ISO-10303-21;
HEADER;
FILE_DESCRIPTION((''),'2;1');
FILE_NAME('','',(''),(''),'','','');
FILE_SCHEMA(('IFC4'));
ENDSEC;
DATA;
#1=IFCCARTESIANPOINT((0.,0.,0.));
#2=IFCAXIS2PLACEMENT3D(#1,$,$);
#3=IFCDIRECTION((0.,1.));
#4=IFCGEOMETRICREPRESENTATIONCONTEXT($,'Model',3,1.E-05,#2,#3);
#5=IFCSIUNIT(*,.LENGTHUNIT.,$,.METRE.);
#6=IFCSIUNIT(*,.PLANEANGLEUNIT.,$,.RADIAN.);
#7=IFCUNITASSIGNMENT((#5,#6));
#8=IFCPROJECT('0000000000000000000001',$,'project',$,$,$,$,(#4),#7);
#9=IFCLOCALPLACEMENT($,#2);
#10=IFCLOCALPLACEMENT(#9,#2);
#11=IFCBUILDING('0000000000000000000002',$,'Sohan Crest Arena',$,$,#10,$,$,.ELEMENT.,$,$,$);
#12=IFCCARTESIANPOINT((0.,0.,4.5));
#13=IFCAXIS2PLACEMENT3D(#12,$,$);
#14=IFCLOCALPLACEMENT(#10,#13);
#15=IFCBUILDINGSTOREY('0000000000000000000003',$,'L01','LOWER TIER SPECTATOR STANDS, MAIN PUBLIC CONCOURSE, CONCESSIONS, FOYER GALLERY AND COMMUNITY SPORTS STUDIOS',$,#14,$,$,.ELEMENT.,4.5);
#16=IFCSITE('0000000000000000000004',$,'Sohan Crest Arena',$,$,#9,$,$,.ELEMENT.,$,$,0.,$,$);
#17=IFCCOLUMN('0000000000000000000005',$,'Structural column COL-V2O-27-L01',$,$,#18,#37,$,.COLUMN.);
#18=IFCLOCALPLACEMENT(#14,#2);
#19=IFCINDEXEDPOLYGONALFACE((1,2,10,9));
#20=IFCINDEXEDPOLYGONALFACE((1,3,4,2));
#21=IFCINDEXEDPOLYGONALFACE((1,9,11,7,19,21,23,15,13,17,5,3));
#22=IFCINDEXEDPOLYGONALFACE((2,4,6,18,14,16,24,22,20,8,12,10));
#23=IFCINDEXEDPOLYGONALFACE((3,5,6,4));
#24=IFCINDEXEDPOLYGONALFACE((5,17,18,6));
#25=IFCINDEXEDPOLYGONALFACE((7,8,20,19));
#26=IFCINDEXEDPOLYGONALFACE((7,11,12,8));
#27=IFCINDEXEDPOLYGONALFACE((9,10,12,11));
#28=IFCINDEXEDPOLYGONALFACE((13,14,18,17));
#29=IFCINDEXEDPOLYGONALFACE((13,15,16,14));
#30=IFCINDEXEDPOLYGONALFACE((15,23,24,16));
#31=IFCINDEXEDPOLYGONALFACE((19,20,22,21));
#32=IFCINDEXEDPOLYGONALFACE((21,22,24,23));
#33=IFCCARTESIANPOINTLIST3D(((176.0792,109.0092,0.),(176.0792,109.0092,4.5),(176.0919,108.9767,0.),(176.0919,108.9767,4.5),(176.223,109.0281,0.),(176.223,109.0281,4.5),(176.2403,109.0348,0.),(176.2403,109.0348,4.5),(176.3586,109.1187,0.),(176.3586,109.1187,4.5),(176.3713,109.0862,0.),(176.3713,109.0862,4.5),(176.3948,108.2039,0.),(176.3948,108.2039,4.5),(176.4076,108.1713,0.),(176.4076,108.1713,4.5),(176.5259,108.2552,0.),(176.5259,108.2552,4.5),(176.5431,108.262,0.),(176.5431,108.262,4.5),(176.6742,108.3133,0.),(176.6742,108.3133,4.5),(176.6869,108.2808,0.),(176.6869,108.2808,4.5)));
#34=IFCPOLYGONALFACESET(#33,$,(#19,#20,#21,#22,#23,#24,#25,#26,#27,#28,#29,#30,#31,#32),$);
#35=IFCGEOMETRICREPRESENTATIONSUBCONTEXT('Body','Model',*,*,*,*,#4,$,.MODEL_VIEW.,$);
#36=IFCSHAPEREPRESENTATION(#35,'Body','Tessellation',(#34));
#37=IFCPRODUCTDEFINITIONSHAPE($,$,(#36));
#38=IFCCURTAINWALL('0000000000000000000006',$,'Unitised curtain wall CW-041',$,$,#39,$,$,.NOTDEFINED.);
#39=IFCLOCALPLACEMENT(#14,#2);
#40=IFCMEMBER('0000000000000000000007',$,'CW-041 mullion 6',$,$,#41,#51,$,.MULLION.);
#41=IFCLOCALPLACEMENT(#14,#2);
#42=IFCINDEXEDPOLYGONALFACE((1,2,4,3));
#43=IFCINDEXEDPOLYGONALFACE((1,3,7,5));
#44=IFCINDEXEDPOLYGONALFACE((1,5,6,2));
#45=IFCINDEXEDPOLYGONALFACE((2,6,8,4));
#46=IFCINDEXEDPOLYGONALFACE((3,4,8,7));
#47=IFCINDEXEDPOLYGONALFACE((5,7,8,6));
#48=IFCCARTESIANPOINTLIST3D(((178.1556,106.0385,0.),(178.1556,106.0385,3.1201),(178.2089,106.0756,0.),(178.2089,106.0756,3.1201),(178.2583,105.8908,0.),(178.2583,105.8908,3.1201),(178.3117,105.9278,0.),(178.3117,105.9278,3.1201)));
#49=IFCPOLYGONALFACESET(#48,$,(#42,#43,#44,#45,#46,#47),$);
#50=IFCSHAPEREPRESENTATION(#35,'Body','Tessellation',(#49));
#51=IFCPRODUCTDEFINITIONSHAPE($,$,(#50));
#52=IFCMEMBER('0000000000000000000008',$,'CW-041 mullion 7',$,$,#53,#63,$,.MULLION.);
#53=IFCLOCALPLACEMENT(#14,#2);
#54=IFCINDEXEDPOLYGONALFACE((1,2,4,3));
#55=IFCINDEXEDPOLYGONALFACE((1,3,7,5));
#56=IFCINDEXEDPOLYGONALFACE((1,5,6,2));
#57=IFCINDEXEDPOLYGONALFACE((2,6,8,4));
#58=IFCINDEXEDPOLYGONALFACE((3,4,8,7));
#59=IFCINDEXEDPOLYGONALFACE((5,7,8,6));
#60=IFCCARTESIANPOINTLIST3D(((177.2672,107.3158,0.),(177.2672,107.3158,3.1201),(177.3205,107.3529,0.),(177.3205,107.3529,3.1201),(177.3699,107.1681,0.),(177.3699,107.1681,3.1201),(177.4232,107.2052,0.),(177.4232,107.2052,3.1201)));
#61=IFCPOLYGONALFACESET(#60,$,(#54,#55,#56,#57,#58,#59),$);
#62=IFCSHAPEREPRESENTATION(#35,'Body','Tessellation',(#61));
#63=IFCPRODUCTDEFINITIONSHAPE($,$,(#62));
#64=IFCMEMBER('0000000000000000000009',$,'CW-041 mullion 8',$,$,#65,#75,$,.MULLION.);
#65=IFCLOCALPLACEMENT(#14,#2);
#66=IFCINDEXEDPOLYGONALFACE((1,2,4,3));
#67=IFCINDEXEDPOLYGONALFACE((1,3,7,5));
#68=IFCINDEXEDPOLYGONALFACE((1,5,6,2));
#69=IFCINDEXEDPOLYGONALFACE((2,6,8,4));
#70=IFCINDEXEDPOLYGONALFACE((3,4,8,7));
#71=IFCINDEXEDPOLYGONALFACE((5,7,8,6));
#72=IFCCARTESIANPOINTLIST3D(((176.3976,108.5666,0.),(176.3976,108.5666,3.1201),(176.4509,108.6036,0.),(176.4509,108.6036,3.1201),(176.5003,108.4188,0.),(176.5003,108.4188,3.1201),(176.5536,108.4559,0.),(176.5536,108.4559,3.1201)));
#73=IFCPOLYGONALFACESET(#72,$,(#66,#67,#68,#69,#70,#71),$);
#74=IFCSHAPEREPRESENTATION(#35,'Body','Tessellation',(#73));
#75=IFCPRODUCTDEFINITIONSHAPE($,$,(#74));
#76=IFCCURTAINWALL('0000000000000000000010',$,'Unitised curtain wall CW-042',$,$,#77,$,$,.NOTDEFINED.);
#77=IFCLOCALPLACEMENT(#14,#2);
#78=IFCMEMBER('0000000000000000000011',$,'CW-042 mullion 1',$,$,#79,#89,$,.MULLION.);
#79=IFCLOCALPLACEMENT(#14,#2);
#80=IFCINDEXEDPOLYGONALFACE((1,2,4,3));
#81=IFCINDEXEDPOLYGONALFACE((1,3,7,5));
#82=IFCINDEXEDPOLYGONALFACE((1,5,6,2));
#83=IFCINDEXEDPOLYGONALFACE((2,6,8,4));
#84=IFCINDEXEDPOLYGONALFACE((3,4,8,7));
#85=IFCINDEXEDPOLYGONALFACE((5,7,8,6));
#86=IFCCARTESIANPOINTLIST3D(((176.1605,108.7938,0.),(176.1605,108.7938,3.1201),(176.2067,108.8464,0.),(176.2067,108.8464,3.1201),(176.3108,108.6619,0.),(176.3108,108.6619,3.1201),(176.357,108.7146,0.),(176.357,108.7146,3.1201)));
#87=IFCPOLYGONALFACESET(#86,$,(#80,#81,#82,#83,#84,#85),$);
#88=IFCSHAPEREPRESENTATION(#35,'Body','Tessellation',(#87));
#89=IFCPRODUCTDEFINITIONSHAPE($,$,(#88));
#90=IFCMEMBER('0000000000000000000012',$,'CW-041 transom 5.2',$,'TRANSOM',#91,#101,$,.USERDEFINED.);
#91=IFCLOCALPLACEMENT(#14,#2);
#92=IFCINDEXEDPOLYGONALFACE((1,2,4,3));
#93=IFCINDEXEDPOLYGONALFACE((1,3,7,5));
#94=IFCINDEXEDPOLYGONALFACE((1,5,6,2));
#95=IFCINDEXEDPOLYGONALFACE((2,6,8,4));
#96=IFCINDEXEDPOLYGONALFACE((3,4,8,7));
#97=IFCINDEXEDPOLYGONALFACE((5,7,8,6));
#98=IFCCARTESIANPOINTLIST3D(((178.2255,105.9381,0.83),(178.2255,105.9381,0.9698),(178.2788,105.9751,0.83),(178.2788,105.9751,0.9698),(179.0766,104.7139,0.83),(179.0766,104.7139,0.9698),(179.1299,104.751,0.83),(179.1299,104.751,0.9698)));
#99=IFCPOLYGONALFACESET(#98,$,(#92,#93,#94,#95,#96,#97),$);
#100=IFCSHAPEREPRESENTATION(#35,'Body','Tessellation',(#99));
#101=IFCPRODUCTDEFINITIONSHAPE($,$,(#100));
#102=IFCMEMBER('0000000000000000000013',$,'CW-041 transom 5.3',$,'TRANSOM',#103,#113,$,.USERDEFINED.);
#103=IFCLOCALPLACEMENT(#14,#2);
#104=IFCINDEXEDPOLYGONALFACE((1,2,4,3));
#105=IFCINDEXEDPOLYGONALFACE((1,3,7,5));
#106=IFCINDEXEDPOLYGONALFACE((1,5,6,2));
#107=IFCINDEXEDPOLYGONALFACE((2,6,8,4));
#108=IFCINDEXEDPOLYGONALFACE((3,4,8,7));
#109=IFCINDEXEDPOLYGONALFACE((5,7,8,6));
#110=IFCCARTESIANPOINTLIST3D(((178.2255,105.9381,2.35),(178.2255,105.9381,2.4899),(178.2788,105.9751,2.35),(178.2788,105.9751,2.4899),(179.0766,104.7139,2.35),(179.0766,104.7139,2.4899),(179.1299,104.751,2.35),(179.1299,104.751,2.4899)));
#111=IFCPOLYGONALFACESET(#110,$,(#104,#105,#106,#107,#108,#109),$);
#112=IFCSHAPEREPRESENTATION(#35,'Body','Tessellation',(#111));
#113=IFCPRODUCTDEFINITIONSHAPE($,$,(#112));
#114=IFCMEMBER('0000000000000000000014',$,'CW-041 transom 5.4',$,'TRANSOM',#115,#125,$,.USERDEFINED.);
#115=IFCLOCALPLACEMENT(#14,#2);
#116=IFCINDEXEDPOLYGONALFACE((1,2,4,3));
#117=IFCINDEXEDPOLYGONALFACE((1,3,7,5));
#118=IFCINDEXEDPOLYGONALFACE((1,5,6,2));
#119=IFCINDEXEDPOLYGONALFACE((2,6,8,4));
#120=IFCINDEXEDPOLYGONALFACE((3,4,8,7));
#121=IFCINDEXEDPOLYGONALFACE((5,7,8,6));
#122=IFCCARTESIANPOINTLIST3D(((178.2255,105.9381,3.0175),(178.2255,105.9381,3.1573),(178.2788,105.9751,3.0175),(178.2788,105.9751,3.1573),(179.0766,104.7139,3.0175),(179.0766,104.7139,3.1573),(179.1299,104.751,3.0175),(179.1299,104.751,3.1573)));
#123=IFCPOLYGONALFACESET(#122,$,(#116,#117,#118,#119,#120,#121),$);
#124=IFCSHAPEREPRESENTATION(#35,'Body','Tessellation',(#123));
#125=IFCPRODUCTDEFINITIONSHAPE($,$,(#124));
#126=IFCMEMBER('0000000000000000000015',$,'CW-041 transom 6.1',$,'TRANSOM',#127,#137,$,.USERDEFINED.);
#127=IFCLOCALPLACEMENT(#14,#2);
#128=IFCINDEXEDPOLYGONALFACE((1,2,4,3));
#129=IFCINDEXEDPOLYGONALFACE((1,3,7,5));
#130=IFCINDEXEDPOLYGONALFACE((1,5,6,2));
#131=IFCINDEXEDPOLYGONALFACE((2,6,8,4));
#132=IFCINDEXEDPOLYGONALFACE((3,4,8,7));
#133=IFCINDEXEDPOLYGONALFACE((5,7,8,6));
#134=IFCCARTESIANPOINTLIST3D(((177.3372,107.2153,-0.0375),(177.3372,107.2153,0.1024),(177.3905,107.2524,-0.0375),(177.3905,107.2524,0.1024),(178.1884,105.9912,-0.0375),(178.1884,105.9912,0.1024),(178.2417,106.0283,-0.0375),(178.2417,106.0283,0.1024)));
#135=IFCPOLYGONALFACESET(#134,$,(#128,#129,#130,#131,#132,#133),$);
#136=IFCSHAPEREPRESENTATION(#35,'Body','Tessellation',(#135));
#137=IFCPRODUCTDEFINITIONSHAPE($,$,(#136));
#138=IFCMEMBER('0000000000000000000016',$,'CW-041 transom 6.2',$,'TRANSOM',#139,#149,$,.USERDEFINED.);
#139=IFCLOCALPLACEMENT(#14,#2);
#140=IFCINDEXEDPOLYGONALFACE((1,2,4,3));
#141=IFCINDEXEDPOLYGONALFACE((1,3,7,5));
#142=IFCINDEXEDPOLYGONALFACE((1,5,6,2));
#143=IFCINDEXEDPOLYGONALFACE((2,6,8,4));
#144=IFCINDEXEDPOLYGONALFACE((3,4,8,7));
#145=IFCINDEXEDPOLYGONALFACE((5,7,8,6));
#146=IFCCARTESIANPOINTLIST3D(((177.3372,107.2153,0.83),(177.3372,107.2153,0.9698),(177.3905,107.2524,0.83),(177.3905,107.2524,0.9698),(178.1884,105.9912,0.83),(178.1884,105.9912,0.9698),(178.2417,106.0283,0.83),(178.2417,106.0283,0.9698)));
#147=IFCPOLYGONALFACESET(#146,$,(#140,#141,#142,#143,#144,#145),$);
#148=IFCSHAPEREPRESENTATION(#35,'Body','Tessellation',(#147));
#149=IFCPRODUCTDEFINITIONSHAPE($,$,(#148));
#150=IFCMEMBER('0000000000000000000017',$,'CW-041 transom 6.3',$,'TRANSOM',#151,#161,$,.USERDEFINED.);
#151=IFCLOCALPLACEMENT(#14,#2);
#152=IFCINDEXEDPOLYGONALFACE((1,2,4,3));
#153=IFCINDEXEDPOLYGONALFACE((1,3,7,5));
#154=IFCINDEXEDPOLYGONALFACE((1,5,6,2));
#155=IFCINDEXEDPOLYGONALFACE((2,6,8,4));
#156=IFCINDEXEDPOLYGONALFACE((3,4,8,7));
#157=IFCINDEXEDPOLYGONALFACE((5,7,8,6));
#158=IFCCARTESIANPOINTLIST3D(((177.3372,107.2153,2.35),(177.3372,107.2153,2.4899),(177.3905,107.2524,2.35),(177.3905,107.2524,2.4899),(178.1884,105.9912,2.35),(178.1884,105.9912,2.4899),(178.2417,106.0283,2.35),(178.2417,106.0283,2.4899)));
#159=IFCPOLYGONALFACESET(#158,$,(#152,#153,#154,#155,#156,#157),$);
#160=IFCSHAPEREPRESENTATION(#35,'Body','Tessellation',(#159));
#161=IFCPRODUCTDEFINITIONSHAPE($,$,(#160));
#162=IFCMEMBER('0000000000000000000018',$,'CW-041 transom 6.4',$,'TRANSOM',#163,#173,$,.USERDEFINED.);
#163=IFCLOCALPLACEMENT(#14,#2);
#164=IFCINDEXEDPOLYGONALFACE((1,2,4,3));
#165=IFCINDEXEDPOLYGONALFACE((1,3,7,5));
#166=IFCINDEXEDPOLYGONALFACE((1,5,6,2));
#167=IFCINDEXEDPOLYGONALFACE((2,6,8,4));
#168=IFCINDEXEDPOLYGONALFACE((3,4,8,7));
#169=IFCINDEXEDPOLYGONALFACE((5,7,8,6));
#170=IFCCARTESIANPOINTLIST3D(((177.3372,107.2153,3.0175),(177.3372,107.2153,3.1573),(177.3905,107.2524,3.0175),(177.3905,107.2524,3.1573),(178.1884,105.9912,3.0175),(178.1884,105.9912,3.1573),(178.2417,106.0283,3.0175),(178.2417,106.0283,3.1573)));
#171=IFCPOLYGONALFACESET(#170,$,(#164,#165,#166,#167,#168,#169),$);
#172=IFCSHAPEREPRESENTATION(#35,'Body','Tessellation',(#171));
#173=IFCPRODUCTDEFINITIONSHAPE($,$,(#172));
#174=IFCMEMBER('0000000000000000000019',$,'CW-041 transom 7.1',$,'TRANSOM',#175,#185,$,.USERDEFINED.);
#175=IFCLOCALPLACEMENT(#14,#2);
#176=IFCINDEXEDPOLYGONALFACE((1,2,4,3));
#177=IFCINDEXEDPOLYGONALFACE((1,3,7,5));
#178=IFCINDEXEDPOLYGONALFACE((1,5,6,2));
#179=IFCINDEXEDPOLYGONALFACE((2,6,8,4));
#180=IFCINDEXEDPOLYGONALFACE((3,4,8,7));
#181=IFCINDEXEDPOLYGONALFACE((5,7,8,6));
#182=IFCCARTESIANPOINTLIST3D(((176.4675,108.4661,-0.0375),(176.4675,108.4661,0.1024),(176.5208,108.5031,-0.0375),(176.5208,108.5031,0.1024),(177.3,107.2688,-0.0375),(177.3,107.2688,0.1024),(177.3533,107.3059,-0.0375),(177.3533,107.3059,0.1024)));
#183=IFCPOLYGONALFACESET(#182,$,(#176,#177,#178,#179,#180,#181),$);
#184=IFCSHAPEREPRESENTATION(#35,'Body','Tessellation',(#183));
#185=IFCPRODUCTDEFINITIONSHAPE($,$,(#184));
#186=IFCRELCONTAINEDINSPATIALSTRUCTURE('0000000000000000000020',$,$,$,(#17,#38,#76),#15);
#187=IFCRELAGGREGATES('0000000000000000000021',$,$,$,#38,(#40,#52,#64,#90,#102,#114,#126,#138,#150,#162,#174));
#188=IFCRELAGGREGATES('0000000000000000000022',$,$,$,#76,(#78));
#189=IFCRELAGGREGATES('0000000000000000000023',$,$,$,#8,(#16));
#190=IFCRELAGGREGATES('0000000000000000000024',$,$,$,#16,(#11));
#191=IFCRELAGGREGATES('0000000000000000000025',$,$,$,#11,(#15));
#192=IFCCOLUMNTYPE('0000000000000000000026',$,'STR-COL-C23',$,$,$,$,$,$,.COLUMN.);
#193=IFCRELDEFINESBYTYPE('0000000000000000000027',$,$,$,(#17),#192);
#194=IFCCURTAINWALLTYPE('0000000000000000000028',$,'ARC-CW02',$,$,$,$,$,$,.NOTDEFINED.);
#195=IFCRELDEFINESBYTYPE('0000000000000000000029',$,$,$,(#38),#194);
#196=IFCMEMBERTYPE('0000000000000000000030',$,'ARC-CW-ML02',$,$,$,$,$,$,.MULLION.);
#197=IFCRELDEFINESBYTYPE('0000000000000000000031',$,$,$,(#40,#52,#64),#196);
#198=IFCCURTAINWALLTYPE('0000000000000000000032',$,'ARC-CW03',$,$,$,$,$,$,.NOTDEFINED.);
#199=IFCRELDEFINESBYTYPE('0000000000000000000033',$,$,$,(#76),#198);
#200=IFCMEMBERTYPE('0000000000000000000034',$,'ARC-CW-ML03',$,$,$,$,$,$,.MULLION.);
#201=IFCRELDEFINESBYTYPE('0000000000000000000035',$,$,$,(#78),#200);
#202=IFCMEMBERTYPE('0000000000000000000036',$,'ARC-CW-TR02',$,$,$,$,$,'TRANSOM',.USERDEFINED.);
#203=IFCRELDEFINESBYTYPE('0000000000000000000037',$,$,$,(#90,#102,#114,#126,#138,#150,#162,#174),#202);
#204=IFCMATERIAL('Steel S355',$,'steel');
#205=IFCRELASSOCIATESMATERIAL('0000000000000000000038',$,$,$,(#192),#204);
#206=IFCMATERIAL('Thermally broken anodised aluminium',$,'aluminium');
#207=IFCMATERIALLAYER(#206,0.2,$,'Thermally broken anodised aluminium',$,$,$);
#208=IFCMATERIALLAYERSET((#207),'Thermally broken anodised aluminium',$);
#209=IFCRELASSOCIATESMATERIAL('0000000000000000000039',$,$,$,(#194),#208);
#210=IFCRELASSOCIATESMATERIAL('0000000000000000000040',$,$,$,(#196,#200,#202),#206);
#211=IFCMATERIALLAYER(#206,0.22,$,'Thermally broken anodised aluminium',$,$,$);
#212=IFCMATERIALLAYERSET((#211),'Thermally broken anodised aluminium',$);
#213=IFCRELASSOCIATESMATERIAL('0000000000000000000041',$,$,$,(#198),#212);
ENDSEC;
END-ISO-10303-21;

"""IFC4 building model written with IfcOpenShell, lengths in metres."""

from ifc_helpers import new_model, si_unit, direction, frame, origin, origin_2d, place, context, subcontext, project, spatial, rectangle, i_section, extrude, material, layer, layer_set, material_profile, profile_set, type_object, element, aggregate, save


model = new_model("IFC4")

# Units and contexts
model_context = context("Model", 3, precision=1e-05, world=origin(), true_north=direction((0.0, 1.0)))
body_context = subcontext(model_context, "Body", "Model", "MODEL_VIEW")
ifc_project = project(units=[si_unit("LENGTHUNIT", "METRE"), si_unit("PLANEANGLEUNIT", "RADIAN")], contexts=[model_context])

# Site, building, storey
site_placement = place(None, origin())
site = spatial("IfcSite", under=ifc_project, at=site_placement, Name="Sohan Crest Arena", CompositionType="ELEMENT", RefElevation=0.0)
building_placement = place(site_placement, origin())
building = spatial("IfcBuilding", under=site, at=building_placement, Name="Sohan Crest Arena", CompositionType="ELEMENT")
storey_placement = place(building_placement, frame((0.0, 0.0, 4.5)))
storey = spatial("IfcBuildingStorey", under=building, at=storey_placement, Name="L01", Description="LOWER TIER SPECTATOR STANDS, MAIN PUBLIC CONCOURSE, CONCESSIONS, FOYER GALLERY AND COMMUNITY SPORTS STUDIOS", CompositionType="ELEMENT", Elevation=4.5)

# Column
ifc_material_1 = material(Name="Steel S355", Category="steel")
ifc_material_profile_1 = material_profile(ifc_material_1, i_section(OverallWidth=0.3, OverallDepth=0.8999, WebThickness=0.0186, FlangeThickness=0.0349, at=origin_2d()), Name="HEB 900")
ifc_profile_set_1 = profile_set([ifc_material_profile_1], Name="Steel S355")
column_type = type_object("IfcColumnType", Name="STR-COL-C23", PredefinedType="COLUMN", material=ifc_profile_set_1)
column_placement = place(storey_placement, frame((176.3831, 108.645, 0.0), z_axis=(0.0, 0.0, 1.0), x_axis=(0.931056, 0.364877, 0.0)))
element("IfcColumn", 1, at=column_placement, inside=storey, type_object=column_type, Name="Structural column COL-V2O-27-L01", PredefinedType="COLUMN", context=body_context, shape_type="SweptSolid", body=[
    extrude(i_section(OverallWidth=0.3, OverallDepth=0.8999, WebThickness=0.0186, FlangeThickness=0.0349, at=origin_2d()), origin(), (0.0, 0.0, 1.0), 4.5),
])

# Curtain wall, members
ifc_material_2 = material(Name="Thermally broken anodised aluminium", Category="aluminium")
ifc_layer_1 = layer(ifc_material_2, 0.2, Name="Thermally broken anodised aluminium")
ifc_layer_set_1 = layer_set([ifc_layer_1], Name="Thermally broken anodised aluminium")
curtain_wall_type_1 = type_object("IfcCurtainWallType", Name="ARC-CW02", PredefinedType="NOTDEFINED", material=ifc_layer_set_1)
curtain_wall_1_placement = place(storey_placement, origin())
curtain_wall_1 = element("IfcCurtainWall", 2, at=curtain_wall_1_placement, inside=storey, type_object=curtain_wall_type_1, Name="Unitised curtain wall CW-041", PredefinedType="NOTDEFINED")
ifc_material_profile_2 = material_profile(ifc_material_2, rectangle(XDim=0.0649, YDim=0.1799, at=origin_2d()), Name="ALU-MULL 65x180")
ifc_profile_set_2 = profile_set([ifc_material_profile_2], Name="Thermally broken anodised aluminium")
member_type_1 = type_object("IfcMemberType", Name="ARC-CW-ML02", PredefinedType="MULLION", material=ifc_profile_set_2)
member_1_placement = place(storey_placement, frame((178.2336, 105.9832, 0.0), z_axis=(0.0, 0.0, 1.0), x_axis=(-0.821014, -0.570908, 0.0)))
member_1 = element("IfcMember", 3, at=member_1_placement, type_object=member_type_1, Name="CW-041 mullion 6", PredefinedType="MULLION", context=body_context, shape_type="SweptSolid", body=[
    extrude(rectangle(XDim=0.0649, YDim=0.1799, at=origin_2d()), origin(), (0.0, 0.0, 1.0), 3.1201),
])
member_2_placement = place(storey_placement, frame((177.3452, 107.2605, 0.0), z_axis=(0.0, 0.0, 1.0), x_axis=(-0.821014, -0.570908, 0.0)))
member_2 = element("IfcMember", 4, at=member_2_placement, type_object=member_type_1, Name="CW-041 mullion 7", PredefinedType="MULLION", context=body_context, shape_type="SweptSolid", body=[
    extrude(rectangle(XDim=0.0649, YDim=0.1799, at=origin_2d()), origin(), (0.0, 0.0, 1.0), 3.1201),
])
member_3_placement = place(storey_placement, frame((176.4756, 108.5112, 0.0), z_axis=(0.0, 0.0, 1.0), x_axis=(-0.821014, -0.570908, 0.0)))
member_3 = element("IfcMember", 5, at=member_3_placement, type_object=member_type_1, Name="CW-041 mullion 8", PredefinedType="MULLION", context=body_context, shape_type="SweptSolid", body=[
    extrude(rectangle(XDim=0.0649, YDim=0.1799, at=origin_2d()), origin(), (0.0, 0.0, 1.0), 3.1201),
])

# Curtain wall, member
ifc_layer_2 = layer(ifc_material_2, 0.22, Name="Thermally broken anodised aluminium")
ifc_layer_set_2 = layer_set([ifc_layer_2], Name="Thermally broken anodised aluminium")
curtain_wall_type_2 = type_object("IfcCurtainWallType", Name="ARC-CW03", PredefinedType="NOTDEFINED", material=ifc_layer_set_2)
curtain_wall_2_placement = place(storey_placement, origin())
curtain_wall_2 = element("IfcCurtainWall", 6, at=curtain_wall_2_placement, inside=storey, type_object=curtain_wall_type_2, Name="Unitised curtain wall CW-042", PredefinedType="NOTDEFINED")
ifc_material_profile_3 = material_profile(ifc_material_2, rectangle(XDim=0.0701, YDim=0.2, at=origin_2d()), Name="ALU-MULL 70x200")
ifc_profile_set_3 = profile_set([ifc_material_profile_3], Name="Thermally broken anodised aluminium")
member_type_2 = type_object("IfcMemberType", Name="ARC-CW-ML03", PredefinedType="MULLION", material=ifc_profile_set_3)
member_4_placement = place(storey_placement, frame((176.2588, 108.7542, 0.0), z_axis=(0.0, 0.0, 1.0), x_axis=(-0.659512, -0.751694, 0.0)))
member_4 = element("IfcMember", 7, at=member_4_placement, type_object=member_type_2, Name="CW-042 mullion 1", PredefinedType="MULLION", context=body_context, shape_type="SweptSolid", body=[
    extrude(rectangle(XDim=0.0701, YDim=0.2, at=origin_2d()), origin(), (0.0, 0.0, 1.0), 3.1201),
])

# Members
ifc_material_profile_4 = material_profile(ifc_material_2, rectangle(XDim=0.0649, YDim=0.1399, at=origin_2d()), Name="ALU-TRAN 65x140")
ifc_profile_set_4 = profile_set([ifc_material_profile_4], Name="Thermally broken anodised aluminium")
member_type_3 = type_object("IfcMemberType", Name="ARC-CW-TR02", ElementType="TRANSOM", PredefinedType="USERDEFINED", material=ifc_profile_set_4)
member_5_placement = place(storey_placement, frame((179.1033, 104.7324, 0.8999), z_axis=(-0.570844, 0.821059, 0.0), x_axis=(-0.821059, -0.570844, 0.0)))
member_5 = element("IfcMember", 8, at=member_5_placement, type_object=member_type_3, Name="CW-041 transom 5.2", ObjectType="TRANSOM", PredefinedType="USERDEFINED", context=body_context, shape_type="SweptSolid", body=[
    extrude(rectangle(XDim=0.0649, YDim=0.1399, at=origin_2d()), origin(), (0.0, 0.0, 1.0), 1.491),
])
member_6_placement = place(storey_placement, frame((179.1033, 104.7324, 2.4199), z_axis=(-0.570844, 0.821059, 0.0), x_axis=(-0.821059, -0.570844, 0.0)))
member_6 = element("IfcMember", 9, at=member_6_placement, type_object=member_type_3, Name="CW-041 transom 5.3", ObjectType="TRANSOM", PredefinedType="USERDEFINED", context=body_context, shape_type="SweptSolid", body=[
    extrude(rectangle(XDim=0.0649, YDim=0.1399, at=origin_2d()), origin(), (0.0, 0.0, 1.0), 1.491),
])
member_7_placement = place(storey_placement, frame((179.1033, 104.7324, 3.0874), z_axis=(-0.570844, 0.821059, 0.0), x_axis=(-0.821059, -0.570844, 0.0)))
member_7 = element("IfcMember", 10, at=member_7_placement, type_object=member_type_3, Name="CW-041 transom 5.4", ObjectType="TRANSOM", PredefinedType="USERDEFINED", context=body_context, shape_type="SweptSolid", body=[
    extrude(rectangle(XDim=0.0649, YDim=0.1399, at=origin_2d()), origin(), (0.0, 0.0, 1.0), 1.491),
])
member_8_placement = place(storey_placement, frame((178.2151, 106.0098, 0.0325), z_axis=(-0.570954, 0.820982, 0.0), x_axis=(-0.820982, -0.570954, 0.0)))
member_8 = element("IfcMember", 11, at=member_8_placement, type_object=member_type_3, Name="CW-041 transom 6.1", ObjectType="TRANSOM", PredefinedType="USERDEFINED", context=body_context, shape_type="SweptSolid", body=[
    extrude(rectangle(XDim=0.0649, YDim=0.1399, at=origin_2d()), origin(), (0.0, 0.0, 1.0), 1.491),
])
member_9_placement = place(storey_placement, frame((178.2151, 106.0098, 0.8999), z_axis=(-0.570954, 0.820982, 0.0), x_axis=(-0.820982, -0.570954, 0.0)))
member_9 = element("IfcMember", 12, at=member_9_placement, type_object=member_type_3, Name="CW-041 transom 6.2", ObjectType="TRANSOM", PredefinedType="USERDEFINED", context=body_context, shape_type="SweptSolid", body=[
    extrude(rectangle(XDim=0.0649, YDim=0.1399, at=origin_2d()), origin(), (0.0, 0.0, 1.0), 1.491),
])
member_10_placement = place(storey_placement, frame((178.2151, 106.0098, 2.4199), z_axis=(-0.570954, 0.820982, 0.0), x_axis=(-0.820982, -0.570954, 0.0)))
member_10 = element("IfcMember", 13, at=member_10_placement, type_object=member_type_3, Name="CW-041 transom 6.3", ObjectType="TRANSOM", PredefinedType="USERDEFINED", context=body_context, shape_type="SweptSolid", body=[
    extrude(rectangle(XDim=0.0649, YDim=0.1399, at=origin_2d()), origin(), (0.0, 0.0, 1.0), 1.491),
])
member_11_placement = place(storey_placement, frame((178.2151, 106.0098, 3.0874), z_axis=(-0.570954, 0.820982, 0.0), x_axis=(-0.820982, -0.570954, 0.0)))
member_11 = element("IfcMember", 14, at=member_11_placement, type_object=member_type_3, Name="CW-041 transom 6.4", ObjectType="TRANSOM", PredefinedType="USERDEFINED", context=body_context, shape_type="SweptSolid", body=[
    extrude(rectangle(XDim=0.0649, YDim=0.1399, at=origin_2d()), origin(), (0.0, 0.0, 1.0), 1.491),
])
member_12_placement = place(storey_placement, frame((177.3267, 107.2874, 0.0325), z_axis=(-0.570898, 0.821021, 0.0), x_axis=(-0.821021, -0.570898, 0.0)))
member_12 = element("IfcMember", 15, at=member_12_placement, type_object=member_type_3, Name="CW-041 transom 7.1", ObjectType="TRANSOM", PredefinedType="USERDEFINED", context=body_context, shape_type="SweptSolid", body=[
    extrude(rectangle(XDim=0.0649, YDim=0.1399, at=origin_2d()), origin(), (0.0, 0.0, 1.0), 1.4583),
])

aggregate(curtain_wall_1, [member_1, member_2, member_3, member_5, member_6, member_7, member_8, member_9, member_10, member_11, member_12])
aggregate(curtain_wall_2, [member_4])

save(model, "model.ifc")
